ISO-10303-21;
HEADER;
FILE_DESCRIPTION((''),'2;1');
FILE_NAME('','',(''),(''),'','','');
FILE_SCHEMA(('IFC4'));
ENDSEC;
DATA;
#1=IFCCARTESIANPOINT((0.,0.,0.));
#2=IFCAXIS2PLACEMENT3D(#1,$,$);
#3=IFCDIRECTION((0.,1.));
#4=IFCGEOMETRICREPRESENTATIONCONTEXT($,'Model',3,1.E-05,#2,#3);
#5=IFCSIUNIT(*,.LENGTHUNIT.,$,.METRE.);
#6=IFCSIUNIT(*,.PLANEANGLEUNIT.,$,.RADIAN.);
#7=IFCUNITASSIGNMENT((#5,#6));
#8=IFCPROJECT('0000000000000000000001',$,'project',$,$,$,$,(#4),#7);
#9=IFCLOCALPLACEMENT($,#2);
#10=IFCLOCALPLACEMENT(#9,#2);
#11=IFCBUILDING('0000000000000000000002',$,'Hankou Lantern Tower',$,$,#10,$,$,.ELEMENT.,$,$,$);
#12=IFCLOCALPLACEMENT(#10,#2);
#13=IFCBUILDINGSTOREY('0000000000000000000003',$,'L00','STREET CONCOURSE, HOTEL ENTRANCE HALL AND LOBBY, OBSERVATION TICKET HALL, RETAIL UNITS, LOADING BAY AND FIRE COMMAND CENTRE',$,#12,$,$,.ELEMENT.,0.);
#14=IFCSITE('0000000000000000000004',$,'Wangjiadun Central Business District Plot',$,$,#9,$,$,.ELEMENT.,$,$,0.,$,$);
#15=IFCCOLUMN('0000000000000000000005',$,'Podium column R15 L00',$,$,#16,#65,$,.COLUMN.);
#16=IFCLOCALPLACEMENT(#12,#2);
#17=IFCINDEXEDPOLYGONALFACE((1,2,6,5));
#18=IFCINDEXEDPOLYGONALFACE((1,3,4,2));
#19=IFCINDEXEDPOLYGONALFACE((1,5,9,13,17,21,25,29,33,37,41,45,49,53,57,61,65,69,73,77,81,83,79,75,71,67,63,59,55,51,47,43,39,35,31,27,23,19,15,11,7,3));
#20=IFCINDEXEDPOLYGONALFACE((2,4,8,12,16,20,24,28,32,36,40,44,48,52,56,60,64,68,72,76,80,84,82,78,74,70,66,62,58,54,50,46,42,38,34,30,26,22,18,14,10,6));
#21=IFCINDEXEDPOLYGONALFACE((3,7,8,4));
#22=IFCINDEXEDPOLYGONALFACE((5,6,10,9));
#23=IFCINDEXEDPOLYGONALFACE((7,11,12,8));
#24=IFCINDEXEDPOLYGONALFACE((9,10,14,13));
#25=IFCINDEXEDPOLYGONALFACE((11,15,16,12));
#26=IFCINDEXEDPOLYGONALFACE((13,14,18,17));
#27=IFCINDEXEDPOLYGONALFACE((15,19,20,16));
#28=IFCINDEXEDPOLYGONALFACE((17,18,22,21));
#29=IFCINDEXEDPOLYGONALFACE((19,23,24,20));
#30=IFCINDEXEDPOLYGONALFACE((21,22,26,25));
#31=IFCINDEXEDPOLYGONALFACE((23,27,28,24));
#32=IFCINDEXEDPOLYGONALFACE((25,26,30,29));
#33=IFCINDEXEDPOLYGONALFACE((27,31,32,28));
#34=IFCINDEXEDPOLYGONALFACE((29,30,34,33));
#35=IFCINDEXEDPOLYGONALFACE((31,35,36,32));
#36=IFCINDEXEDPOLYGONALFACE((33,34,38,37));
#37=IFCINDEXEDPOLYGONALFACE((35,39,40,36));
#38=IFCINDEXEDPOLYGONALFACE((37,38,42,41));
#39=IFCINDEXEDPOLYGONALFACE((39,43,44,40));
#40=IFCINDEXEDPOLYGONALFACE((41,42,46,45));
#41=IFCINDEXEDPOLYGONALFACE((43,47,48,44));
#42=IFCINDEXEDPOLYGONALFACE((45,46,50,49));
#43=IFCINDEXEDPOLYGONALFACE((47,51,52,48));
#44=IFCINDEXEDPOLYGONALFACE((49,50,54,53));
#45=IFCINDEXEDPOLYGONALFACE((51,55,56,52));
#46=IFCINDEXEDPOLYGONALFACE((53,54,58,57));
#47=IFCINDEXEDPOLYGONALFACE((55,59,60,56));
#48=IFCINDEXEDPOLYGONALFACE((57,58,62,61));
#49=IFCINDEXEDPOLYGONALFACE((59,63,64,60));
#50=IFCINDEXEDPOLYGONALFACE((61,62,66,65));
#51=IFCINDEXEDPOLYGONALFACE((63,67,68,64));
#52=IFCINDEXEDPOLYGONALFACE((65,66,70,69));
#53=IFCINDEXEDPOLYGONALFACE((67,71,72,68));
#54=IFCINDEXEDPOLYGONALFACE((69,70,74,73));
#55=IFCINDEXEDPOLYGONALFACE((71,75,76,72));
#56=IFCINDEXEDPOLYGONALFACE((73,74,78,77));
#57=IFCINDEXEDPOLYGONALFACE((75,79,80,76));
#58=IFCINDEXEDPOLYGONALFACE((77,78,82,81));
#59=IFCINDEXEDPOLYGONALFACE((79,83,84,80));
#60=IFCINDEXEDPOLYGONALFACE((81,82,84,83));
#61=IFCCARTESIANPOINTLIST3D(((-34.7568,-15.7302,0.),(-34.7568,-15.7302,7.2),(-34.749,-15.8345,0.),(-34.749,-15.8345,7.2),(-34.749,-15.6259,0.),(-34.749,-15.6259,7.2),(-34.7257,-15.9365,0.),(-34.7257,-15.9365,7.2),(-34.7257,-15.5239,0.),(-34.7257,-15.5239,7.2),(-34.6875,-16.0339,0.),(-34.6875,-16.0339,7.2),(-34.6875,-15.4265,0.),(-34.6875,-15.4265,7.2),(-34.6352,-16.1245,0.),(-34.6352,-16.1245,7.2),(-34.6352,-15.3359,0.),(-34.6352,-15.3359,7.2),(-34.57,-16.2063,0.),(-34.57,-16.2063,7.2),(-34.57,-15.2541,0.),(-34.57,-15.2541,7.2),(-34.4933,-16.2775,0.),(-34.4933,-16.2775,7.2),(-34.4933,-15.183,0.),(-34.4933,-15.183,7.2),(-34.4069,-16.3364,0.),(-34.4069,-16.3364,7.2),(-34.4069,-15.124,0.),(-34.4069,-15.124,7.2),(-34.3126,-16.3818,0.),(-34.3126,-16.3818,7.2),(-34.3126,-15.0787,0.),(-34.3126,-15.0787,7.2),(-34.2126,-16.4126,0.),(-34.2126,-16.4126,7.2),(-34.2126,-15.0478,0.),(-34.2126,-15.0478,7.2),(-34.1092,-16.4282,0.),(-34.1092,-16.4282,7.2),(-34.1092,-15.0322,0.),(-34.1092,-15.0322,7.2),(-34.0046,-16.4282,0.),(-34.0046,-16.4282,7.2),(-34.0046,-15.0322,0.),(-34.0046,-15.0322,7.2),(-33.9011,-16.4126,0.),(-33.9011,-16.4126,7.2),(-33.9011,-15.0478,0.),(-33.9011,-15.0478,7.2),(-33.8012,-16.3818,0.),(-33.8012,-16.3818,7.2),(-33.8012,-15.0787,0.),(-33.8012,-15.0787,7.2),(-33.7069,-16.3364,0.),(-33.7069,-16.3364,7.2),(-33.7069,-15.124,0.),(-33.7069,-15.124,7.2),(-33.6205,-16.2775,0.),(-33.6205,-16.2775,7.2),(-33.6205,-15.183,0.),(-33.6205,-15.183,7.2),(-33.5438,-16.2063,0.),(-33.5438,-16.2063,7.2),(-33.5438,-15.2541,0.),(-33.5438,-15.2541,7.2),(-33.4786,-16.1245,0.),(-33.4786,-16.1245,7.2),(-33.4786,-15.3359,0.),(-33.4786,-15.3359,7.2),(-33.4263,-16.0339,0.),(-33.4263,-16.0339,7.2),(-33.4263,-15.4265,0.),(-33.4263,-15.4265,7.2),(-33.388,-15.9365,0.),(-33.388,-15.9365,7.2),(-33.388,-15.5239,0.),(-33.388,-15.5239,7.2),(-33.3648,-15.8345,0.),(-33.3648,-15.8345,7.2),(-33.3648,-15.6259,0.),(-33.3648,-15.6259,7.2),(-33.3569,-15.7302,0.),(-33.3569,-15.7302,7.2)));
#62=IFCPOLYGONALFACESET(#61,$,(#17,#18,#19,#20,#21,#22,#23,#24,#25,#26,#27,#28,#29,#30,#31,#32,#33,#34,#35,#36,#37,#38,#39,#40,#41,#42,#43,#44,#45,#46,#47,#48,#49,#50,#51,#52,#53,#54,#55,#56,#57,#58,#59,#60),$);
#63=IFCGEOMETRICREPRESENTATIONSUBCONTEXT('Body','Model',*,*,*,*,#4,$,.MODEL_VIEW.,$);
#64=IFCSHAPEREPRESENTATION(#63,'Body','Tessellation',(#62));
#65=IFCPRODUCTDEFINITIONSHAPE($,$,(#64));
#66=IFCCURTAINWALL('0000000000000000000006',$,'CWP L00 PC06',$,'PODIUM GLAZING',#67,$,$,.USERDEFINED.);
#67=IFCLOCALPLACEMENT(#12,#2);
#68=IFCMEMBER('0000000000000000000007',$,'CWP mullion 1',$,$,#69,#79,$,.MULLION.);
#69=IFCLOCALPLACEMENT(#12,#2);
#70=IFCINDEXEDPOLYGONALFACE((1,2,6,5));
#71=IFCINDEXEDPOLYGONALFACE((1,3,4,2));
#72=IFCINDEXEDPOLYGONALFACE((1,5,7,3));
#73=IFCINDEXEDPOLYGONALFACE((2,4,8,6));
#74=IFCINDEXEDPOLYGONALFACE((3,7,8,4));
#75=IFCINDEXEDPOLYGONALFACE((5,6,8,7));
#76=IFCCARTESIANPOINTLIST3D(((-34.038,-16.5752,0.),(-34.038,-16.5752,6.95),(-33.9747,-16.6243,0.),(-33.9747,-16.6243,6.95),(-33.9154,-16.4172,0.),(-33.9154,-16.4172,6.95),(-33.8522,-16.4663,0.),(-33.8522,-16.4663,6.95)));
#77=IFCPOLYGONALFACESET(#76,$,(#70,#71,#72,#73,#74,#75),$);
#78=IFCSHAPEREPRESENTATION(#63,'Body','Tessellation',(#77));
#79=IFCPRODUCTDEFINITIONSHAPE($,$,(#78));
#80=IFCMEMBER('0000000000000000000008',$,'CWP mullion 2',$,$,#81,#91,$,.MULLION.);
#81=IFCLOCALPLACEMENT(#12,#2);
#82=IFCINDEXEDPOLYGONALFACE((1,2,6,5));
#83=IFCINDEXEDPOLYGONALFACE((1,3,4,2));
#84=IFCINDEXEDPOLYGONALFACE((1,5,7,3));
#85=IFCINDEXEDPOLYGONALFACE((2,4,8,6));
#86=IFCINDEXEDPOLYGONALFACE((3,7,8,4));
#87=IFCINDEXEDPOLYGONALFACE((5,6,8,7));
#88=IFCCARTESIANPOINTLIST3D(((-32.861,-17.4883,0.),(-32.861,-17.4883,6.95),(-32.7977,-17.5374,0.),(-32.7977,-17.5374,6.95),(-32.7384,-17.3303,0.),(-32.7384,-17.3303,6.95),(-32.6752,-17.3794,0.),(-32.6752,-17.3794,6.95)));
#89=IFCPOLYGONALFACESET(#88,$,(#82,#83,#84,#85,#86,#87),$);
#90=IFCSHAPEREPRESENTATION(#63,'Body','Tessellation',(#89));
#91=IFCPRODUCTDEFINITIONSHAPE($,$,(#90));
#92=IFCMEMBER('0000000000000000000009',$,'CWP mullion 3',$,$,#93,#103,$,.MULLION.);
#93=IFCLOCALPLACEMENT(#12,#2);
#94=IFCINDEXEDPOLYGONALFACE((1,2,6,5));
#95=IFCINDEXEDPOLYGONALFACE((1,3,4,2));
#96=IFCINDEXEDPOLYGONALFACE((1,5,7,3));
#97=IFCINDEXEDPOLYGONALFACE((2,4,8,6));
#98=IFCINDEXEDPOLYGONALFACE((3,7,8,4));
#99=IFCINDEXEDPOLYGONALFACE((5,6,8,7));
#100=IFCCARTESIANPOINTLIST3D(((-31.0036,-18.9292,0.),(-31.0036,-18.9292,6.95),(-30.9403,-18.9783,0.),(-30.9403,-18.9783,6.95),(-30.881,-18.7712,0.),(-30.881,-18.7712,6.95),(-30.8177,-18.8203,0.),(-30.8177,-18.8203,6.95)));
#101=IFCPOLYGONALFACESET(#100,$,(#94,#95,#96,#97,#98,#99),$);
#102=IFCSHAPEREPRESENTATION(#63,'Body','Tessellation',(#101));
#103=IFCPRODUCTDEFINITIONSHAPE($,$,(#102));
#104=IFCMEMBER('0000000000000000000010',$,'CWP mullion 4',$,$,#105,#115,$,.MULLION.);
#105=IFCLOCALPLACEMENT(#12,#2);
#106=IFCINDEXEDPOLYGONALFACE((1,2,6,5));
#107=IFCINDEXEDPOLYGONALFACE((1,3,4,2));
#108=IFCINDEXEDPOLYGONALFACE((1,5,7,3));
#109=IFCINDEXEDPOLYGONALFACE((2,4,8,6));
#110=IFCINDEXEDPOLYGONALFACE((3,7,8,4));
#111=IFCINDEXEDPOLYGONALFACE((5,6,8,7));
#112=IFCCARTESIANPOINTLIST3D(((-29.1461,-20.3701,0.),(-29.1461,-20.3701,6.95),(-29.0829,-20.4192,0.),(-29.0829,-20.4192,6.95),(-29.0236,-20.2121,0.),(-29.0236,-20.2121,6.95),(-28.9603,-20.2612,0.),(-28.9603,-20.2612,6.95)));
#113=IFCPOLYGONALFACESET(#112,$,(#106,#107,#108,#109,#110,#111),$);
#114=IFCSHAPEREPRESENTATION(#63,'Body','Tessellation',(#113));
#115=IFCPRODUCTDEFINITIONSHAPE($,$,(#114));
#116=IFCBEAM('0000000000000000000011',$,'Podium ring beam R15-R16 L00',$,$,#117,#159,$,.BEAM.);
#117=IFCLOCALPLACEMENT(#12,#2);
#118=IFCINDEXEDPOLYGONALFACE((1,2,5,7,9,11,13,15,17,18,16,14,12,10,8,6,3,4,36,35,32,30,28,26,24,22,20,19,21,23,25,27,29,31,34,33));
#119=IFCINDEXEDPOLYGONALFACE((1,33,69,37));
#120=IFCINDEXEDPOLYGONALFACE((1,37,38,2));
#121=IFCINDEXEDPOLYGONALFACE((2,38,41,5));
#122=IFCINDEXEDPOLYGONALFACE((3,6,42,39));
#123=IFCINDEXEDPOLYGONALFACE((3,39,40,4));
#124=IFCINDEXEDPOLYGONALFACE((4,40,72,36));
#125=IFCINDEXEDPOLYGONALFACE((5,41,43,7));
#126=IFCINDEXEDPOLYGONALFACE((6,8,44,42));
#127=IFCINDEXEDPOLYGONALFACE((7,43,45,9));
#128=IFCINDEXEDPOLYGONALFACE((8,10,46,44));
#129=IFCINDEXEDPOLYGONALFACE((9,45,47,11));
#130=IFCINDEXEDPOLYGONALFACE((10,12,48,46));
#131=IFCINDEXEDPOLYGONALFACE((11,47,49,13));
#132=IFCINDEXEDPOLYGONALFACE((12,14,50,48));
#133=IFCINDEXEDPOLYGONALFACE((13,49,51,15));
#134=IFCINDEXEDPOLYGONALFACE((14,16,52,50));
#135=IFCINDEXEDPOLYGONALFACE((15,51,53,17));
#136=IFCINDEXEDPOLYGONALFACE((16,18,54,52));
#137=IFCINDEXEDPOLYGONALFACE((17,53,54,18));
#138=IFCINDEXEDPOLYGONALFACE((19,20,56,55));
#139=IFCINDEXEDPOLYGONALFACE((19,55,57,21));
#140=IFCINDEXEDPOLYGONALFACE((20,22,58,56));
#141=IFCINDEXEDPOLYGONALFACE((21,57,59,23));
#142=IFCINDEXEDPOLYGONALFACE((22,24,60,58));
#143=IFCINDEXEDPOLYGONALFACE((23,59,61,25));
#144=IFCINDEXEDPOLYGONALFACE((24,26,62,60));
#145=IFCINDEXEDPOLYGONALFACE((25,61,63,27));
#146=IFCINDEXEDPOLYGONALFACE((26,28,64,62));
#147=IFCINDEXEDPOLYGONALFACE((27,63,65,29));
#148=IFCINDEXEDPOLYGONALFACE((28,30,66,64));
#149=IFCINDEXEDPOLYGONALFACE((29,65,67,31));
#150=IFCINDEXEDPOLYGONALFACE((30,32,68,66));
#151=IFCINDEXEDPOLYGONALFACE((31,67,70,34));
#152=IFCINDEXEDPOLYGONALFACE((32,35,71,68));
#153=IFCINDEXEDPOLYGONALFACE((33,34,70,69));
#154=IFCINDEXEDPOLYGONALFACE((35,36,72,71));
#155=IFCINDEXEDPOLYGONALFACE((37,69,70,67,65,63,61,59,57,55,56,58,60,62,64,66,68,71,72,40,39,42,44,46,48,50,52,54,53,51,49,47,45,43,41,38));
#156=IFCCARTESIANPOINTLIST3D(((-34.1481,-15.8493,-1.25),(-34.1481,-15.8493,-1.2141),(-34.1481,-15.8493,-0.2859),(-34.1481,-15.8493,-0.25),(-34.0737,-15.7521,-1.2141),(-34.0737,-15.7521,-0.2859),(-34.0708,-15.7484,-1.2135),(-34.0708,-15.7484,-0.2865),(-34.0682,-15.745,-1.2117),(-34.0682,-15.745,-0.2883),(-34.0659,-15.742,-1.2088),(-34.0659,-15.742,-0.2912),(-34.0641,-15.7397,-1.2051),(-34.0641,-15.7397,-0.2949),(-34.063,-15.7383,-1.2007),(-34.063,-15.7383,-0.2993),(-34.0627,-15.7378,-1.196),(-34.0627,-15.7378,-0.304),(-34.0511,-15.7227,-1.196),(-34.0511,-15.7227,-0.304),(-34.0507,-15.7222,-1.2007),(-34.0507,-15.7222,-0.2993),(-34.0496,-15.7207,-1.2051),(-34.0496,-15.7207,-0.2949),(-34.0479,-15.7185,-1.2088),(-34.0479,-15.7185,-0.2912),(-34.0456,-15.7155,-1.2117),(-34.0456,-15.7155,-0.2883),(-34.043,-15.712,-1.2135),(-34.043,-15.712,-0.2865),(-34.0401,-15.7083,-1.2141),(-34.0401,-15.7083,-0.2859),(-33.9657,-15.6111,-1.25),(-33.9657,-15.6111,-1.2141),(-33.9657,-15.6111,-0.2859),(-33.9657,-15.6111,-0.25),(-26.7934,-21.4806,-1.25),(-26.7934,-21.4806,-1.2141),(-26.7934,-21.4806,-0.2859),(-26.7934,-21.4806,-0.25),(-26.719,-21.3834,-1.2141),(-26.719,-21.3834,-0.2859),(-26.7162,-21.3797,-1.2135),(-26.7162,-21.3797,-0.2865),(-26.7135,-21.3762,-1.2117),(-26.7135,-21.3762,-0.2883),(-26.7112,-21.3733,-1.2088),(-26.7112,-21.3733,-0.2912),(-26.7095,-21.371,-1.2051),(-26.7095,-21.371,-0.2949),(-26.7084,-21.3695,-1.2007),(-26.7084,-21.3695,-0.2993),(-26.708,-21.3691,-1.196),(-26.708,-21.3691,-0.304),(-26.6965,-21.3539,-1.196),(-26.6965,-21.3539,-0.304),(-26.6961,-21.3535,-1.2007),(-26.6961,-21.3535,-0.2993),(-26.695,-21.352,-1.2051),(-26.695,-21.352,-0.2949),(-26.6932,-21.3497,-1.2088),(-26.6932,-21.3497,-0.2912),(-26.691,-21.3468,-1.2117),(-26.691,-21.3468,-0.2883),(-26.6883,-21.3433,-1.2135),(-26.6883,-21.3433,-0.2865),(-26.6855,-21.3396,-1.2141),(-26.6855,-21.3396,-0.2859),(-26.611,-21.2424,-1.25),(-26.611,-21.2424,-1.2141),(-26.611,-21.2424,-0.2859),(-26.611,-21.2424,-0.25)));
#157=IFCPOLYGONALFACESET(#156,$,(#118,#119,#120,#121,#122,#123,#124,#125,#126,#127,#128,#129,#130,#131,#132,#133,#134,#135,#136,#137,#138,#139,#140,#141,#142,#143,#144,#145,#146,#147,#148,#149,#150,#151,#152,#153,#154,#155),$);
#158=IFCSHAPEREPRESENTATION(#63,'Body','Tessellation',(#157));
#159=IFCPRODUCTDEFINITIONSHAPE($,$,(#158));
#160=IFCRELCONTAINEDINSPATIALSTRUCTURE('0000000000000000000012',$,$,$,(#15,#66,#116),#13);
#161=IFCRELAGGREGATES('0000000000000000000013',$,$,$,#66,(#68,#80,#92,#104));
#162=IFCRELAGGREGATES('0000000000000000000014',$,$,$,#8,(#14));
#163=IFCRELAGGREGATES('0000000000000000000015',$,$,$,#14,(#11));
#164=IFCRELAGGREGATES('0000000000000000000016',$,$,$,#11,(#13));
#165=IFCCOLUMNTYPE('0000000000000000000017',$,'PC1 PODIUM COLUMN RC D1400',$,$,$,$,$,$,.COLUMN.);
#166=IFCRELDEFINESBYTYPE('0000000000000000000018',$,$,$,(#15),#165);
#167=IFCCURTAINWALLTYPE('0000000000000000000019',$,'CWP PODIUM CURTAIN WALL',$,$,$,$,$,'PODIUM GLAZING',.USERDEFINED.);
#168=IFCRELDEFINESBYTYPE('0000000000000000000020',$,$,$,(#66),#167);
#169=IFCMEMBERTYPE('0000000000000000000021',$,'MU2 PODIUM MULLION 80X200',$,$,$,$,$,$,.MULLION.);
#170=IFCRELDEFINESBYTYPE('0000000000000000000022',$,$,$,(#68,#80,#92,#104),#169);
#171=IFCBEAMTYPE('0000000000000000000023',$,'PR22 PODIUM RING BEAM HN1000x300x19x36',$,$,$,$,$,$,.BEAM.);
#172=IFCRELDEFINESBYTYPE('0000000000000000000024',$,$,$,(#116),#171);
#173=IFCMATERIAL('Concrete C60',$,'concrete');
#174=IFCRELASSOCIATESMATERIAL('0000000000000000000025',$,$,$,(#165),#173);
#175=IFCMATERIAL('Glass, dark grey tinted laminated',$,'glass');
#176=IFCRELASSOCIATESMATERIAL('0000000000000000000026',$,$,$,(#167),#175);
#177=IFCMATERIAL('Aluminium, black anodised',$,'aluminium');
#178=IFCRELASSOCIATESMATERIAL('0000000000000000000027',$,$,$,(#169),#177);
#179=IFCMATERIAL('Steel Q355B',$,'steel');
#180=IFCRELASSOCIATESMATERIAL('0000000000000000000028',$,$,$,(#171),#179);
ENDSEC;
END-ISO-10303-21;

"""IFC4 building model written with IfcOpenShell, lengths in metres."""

from ifc_helpers import new_model, si_unit, direction, frame, origin, origin_2d, place, context, subcontext, project, spatial, rectangle, circle, i_section, extrude, material, material_profile, profile_set, type_object, element, aggregate, save


model = new_model("IFC4")

# Units and contexts
model_context = context("Model", 3, precision=1e-05, world=origin(), true_north=direction((0.0, 1.0)))
body_context = subcontext(model_context, "Body", "Model", "MODEL_VIEW")
ifc_project = project(units=[si_unit("LENGTHUNIT", "METRE"), si_unit("PLANEANGLEUNIT", "RADIAN")], contexts=[model_context])

# Site, building, storey
site_placement = place(None, origin())
site = spatial("IfcSite", under=ifc_project, at=site_placement, Name="Wangjiadun Central Business District Plot", CompositionType="ELEMENT", RefElevation=0.0)
building_placement = place(site_placement, origin())
building = spatial("IfcBuilding", under=site, at=building_placement, Name="Hankou Lantern Tower", CompositionType="ELEMENT")
storey_placement = place(building_placement, origin())
storey = spatial("IfcBuildingStorey", under=building, at=storey_placement, Name="L00", Description="STREET CONCOURSE, HOTEL ENTRANCE HALL AND LOBBY, OBSERVATION TICKET HALL, RETAIL UNITS, LOADING BAY AND FIRE COMMAND CENTRE", CompositionType="ELEMENT", Elevation=0.0)

# Column
ifc_material_1 = material(Name="Concrete C60", Category="concrete")
ifc_material_profile_1 = material_profile(ifc_material_1, circle(Radius=0.7, at=origin_2d()), Name="RC D1400")
ifc_profile_set_1 = profile_set([ifc_material_profile_1], Name="Concrete C60")
column_type = type_object("IfcColumnType", Name="PC1 PODIUM COLUMN RC D1400", PredefinedType="COLUMN", material=ifc_profile_set_1)
column_placement = place(storey_placement, frame((-34.0569, -15.7302, 0.0), z_axis=(0.0, 0.0, 1.0), x_axis=(1.0, 0.0, 0.0)))
element("IfcColumn", 1, at=column_placement, inside=storey, type_object=column_type, Name="Podium column R15 L00", PredefinedType="COLUMN", context=body_context, shape_type="SweptSolid", body=[
    extrude(circle(Radius=0.7, at=origin_2d()), origin(), (0.0, 0.0, 1.0), 7.2),
])

# Curtain wall, members
ifc_material_2 = material(Name="Glass, dark grey tinted laminated", Category="glass")
curtain_wall_type = type_object("IfcCurtainWallType", Name="CWP PODIUM CURTAIN WALL", ElementType="PODIUM GLAZING", PredefinedType="USERDEFINED", material=ifc_material_2)
curtain_wall_placement = place(storey_placement, origin())
curtain_wall = element("IfcCurtainWall", 2, at=curtain_wall_placement, inside=storey, type_object=curtain_wall_type, Name="CWP L00 PC06", ObjectType="PODIUM GLAZING", PredefinedType="USERDEFINED")
ifc_material_3 = material(Name="Aluminium, black anodised", Category="aluminium")
ifc_material_profile_2 = material_profile(ifc_material_3, rectangle(XDim=0.0801, YDim=0.2, at=origin_2d()), Name="MU2 80X200")
ifc_profile_set_2 = profile_set([ifc_material_profile_2], Name="Aluminium, black anodised")
member_type_1 = type_object("IfcMemberType", Name="MU2 PODIUM MULLION 80X200", PredefinedType="MULLION", material=ifc_profile_set_2)
member_1_placement = place(storey_placement, frame((-33.9451, -16.5208, 0.0), z_axis=(0.0, 0.0, 1.0), x_axis=(0.79013, -0.61294, 0.0)))
member_1 = element("IfcMember", 3, at=member_1_placement, type_object=member_type_1, Name="CWP mullion 1", PredefinedType="MULLION", context=body_context, shape_type="SweptSolid", body=[
    extrude(rectangle(XDim=0.0801, YDim=0.2, at=origin_2d()), origin(), (0.0, 0.0, 1.0), 6.95),
])
member_2_placement = place(storey_placement, frame((-32.7681, -17.4338, 0.0), z_axis=(0.0, 0.0, 1.0), x_axis=(0.79013, -0.61294, 0.0)))
member_2 = element("IfcMember", 4, at=member_2_placement, type_object=member_type_1, Name="CWP mullion 2", PredefinedType="MULLION", context=body_context, shape_type="SweptSolid", body=[
    extrude(rectangle(XDim=0.0801, YDim=0.2, at=origin_2d()), origin(), (0.0, 0.0, 1.0), 6.95),
])
member_3_placement = place(storey_placement, frame((-30.9106, -18.8748, 0.0), z_axis=(0.0, 0.0, 1.0), x_axis=(0.79013, -0.61294, 0.0)))
member_3 = element("IfcMember", 5, at=member_3_placement, type_object=member_type_1, Name="CWP mullion 3", PredefinedType="MULLION", context=body_context, shape_type="SweptSolid", body=[
    extrude(rectangle(XDim=0.0801, YDim=0.2, at=origin_2d()), origin(), (0.0, 0.0, 1.0), 6.95),
])
member_4_placement = place(storey_placement, frame((-29.0532, -20.3157, 0.0), z_axis=(0.0, 0.0, 1.0), x_axis=(0.79013, -0.61294, 0.0)))
member_4 = element("IfcMember", 6, at=member_4_placement, type_object=member_type_1, Name="CWP mullion 4", PredefinedType="MULLION", context=body_context, shape_type="SweptSolid", body=[
    extrude(rectangle(XDim=0.0801, YDim=0.2, at=origin_2d()), origin(), (0.0, 0.0, 1.0), 6.95),
])

# Beam
ifc_material_4 = material(Name="Steel Q355B", Category="steel")
ifc_material_profile_3 = material_profile(ifc_material_4, i_section(OverallWidth=0.3, OverallDepth=1.0, WebThickness=0.019, FlangeThickness=0.0359, FilletRadius=0.0181, at=origin_2d()), Name="HN1000x300x19x36")
ifc_profile_set_3 = profile_set([ifc_material_profile_3], Name="Steel Q355B")
beam_type_1 = type_object("IfcBeamType", Name="PR22 PODIUM RING BEAM HN1000x300x19x36", PredefinedType="BEAM", material=ifc_profile_set_3)
beam_1_placement = place(storey_placement, frame((-34.0569, -15.7302, -0.75), z_axis=(0.793986, -0.607936, 0.0), x_axis=(0.607936, 0.793986, 0.0)))
element("IfcBeam", 7, at=beam_1_placement, inside=storey, type_object=beam_type_1, Name="Podium ring beam R15-R16 L00", PredefinedType="BEAM", context=body_context, shape_type="SweptSolid", body=[
    extrude(i_section(OverallWidth=0.3, OverallDepth=1.0, WebThickness=0.019, FlangeThickness=0.0359, FilletRadius=0.0181, at=origin_2d()), origin(), (0.0, 0.0, 1.0), 9.2629),
])

aggregate(curtain_wall, [member_1, member_2, member_3, member_4])

save(model, "model.ifc")
